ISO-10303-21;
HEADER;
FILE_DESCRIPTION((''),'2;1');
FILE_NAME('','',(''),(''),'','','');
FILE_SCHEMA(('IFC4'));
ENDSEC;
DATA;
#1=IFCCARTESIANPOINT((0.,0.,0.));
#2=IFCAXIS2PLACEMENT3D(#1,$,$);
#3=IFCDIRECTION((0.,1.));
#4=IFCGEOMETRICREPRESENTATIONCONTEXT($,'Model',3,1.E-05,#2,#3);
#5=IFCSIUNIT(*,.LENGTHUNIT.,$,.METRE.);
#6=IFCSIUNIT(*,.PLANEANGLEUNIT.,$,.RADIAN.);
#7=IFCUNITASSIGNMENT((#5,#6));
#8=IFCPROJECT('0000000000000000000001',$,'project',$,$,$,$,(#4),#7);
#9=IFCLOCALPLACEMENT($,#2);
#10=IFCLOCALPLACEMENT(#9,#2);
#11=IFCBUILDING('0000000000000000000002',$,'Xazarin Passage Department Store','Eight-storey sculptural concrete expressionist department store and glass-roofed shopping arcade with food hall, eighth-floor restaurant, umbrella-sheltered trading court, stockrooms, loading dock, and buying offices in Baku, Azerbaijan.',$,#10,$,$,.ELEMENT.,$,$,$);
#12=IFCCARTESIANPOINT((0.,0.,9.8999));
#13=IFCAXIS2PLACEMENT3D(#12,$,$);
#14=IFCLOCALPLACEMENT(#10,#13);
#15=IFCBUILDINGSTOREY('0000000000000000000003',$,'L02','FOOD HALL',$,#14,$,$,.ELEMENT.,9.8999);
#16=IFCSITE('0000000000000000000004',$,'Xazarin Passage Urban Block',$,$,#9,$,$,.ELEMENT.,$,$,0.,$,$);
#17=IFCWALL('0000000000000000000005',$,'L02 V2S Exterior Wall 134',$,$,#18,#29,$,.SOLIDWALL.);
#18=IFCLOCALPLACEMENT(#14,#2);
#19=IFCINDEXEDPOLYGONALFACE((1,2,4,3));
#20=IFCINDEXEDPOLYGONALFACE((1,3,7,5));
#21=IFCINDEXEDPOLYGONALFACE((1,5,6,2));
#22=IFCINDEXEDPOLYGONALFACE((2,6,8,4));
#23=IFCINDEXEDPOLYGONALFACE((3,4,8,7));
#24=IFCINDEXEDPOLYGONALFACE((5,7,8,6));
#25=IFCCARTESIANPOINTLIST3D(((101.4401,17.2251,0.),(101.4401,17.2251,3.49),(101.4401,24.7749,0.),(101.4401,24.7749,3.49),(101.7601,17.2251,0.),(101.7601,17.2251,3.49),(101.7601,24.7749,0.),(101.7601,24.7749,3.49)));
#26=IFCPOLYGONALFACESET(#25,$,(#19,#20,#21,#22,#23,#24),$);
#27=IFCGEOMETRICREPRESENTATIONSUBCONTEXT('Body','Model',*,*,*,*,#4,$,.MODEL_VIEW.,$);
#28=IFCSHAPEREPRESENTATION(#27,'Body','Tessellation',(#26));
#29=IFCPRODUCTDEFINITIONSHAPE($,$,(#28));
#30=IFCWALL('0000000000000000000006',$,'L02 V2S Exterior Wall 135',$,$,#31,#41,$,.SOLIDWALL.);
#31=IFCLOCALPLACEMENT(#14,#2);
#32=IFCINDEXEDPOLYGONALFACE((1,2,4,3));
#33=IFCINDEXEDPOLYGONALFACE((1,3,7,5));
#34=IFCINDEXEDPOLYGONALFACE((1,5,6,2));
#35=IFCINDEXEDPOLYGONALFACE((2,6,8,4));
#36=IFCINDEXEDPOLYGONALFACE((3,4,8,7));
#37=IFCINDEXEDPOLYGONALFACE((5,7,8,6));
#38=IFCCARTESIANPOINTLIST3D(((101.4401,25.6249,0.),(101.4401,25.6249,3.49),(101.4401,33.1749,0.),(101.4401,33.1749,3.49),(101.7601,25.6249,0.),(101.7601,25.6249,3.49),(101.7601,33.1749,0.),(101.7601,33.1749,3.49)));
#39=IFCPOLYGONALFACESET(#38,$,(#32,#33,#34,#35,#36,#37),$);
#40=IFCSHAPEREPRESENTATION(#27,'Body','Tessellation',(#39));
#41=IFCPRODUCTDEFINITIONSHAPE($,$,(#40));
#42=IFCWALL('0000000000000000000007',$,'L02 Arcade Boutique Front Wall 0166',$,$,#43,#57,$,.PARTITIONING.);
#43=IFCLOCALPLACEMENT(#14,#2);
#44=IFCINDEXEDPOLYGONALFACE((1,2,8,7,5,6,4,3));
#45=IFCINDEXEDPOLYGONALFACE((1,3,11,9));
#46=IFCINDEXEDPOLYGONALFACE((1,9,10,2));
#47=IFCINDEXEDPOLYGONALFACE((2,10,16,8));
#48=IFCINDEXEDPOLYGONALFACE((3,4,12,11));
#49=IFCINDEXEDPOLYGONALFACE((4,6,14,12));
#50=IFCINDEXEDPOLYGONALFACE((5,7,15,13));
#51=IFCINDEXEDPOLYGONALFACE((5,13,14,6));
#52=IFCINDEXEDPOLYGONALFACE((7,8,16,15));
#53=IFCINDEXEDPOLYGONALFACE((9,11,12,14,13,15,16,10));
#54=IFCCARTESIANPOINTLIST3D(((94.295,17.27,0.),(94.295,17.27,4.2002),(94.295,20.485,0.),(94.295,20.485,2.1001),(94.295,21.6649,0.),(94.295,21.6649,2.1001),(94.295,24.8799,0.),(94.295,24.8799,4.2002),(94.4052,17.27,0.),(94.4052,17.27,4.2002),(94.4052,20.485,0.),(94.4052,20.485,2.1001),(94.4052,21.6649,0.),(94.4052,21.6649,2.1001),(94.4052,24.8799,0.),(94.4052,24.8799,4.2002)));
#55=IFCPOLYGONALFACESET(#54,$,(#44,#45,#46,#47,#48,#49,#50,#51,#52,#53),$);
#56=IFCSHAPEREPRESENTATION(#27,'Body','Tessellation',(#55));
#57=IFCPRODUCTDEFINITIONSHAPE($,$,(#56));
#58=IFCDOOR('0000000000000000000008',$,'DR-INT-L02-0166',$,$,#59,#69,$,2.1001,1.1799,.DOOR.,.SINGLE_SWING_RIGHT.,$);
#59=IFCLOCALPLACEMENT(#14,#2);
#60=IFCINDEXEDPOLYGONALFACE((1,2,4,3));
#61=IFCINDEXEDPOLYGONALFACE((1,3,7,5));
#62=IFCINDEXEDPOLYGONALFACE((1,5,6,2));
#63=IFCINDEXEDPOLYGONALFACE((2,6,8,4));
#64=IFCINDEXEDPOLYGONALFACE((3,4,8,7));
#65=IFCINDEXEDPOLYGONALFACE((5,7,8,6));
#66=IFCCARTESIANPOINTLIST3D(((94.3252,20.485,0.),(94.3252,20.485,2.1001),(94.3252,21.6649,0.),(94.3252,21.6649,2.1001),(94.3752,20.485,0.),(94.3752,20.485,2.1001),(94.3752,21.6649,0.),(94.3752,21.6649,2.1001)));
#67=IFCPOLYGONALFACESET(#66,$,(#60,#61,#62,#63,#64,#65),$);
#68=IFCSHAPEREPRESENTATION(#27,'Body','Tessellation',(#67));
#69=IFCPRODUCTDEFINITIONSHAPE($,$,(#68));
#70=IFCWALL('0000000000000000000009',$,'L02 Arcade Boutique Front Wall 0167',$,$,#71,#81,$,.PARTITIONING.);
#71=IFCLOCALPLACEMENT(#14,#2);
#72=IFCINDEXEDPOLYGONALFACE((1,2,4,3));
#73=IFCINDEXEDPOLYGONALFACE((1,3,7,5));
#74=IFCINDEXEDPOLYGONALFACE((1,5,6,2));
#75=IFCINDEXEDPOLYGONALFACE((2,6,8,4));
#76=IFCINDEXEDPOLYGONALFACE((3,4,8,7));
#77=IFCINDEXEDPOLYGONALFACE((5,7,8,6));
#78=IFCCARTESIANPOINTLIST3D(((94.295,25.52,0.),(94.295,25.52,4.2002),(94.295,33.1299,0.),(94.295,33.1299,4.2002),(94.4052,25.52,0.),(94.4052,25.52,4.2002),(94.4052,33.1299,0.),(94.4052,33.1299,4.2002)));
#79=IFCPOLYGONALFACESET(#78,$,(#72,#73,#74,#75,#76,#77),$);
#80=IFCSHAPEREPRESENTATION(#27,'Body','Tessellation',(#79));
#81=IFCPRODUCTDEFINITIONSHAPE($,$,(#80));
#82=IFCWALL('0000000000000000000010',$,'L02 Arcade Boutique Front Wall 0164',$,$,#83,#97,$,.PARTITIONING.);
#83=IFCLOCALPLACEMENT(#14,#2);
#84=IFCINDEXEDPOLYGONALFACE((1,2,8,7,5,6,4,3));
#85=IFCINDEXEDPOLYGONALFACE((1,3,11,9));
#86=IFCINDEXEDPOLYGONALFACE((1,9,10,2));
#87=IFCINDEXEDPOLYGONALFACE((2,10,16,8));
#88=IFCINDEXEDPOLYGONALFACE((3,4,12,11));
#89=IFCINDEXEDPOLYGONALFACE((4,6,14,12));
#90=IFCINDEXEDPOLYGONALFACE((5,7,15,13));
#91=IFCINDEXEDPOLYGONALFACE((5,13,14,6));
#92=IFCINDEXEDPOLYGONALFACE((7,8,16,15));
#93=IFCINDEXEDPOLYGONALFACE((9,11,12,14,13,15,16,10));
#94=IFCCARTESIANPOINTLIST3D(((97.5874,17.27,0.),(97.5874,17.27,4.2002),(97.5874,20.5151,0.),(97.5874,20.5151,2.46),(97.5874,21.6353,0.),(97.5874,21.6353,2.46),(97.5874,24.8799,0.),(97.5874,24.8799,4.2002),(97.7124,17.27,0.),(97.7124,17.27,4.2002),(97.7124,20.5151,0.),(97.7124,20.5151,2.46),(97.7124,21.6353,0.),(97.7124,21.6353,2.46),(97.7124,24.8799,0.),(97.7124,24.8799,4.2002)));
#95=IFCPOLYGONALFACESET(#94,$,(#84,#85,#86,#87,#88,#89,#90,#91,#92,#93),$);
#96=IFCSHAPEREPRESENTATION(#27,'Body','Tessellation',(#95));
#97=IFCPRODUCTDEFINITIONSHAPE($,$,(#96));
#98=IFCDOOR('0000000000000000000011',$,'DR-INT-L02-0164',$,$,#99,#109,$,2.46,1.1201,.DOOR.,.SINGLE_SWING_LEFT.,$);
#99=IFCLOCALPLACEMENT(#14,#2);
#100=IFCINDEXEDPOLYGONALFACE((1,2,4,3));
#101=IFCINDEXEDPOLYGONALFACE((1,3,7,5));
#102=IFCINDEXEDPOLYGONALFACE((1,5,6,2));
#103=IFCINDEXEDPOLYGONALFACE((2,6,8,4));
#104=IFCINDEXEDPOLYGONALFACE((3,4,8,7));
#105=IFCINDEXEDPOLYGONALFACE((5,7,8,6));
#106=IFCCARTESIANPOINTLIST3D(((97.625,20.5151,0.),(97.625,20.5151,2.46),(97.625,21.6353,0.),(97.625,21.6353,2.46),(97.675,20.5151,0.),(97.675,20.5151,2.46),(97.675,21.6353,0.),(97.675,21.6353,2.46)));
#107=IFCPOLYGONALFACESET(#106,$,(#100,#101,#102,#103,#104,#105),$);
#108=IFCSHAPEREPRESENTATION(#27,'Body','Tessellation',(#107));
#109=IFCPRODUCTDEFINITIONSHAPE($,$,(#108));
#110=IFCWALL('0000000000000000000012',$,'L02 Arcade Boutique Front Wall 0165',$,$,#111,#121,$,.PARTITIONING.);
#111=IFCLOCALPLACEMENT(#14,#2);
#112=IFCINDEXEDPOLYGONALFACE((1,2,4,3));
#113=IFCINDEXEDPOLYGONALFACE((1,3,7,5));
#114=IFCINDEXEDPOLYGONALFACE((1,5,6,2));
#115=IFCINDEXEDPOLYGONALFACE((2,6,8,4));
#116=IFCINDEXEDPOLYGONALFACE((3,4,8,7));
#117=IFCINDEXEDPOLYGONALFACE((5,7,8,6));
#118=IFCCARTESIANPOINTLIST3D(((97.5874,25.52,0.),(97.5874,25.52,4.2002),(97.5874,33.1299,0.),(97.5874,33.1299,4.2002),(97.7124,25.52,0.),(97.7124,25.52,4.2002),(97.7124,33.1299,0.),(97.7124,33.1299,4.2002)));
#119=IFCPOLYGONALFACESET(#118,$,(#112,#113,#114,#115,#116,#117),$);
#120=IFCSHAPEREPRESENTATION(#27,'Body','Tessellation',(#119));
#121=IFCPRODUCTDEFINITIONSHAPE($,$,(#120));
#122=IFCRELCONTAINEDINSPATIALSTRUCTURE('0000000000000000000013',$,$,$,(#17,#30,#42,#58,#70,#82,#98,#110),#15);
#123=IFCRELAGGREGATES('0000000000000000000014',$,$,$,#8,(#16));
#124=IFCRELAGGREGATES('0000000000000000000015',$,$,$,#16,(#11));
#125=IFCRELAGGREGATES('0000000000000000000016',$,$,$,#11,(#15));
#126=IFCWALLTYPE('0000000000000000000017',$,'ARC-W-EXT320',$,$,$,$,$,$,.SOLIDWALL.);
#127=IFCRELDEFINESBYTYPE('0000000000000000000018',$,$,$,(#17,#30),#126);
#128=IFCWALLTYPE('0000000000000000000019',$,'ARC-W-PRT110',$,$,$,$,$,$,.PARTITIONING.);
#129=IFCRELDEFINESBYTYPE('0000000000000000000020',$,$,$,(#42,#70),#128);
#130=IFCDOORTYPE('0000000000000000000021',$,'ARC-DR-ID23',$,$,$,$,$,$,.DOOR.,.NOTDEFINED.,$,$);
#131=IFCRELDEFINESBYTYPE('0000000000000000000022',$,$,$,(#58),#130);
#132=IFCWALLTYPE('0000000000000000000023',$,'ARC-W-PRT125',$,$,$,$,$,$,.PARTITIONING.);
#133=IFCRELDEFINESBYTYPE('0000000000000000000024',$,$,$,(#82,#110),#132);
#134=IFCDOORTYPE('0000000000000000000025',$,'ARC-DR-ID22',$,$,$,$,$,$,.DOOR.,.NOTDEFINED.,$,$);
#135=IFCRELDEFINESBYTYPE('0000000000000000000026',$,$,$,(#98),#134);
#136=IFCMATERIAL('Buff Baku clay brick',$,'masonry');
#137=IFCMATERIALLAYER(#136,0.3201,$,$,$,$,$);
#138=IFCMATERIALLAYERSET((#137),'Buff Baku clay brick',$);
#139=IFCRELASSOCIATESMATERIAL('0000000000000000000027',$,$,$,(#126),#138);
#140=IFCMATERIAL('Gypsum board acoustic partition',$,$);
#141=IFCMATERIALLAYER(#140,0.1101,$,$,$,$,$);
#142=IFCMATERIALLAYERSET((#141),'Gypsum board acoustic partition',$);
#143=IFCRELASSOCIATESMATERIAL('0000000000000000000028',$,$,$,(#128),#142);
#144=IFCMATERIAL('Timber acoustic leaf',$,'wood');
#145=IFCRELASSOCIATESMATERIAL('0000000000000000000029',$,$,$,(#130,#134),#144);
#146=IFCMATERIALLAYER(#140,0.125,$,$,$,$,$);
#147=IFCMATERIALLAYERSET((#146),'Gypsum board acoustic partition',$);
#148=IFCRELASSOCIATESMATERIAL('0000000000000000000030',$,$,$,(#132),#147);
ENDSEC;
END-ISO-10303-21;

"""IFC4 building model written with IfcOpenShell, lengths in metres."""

from ifc_helpers import new_model, si_unit, direction, frame, frame_2d, origin, place, context, subcontext, project, spatial, rectangle, extrude, material, layer, layer_set, type_object, element, fill, save


model = new_model("IFC4")

# Units and contexts
model_context = context("Model", 3, precision=1e-05, world=origin(), true_north=direction((0.0, 1.0)))
body_context = subcontext(model_context, "Body", "Model", "MODEL_VIEW")
ifc_project = project(units=[si_unit("LENGTHUNIT", "METRE"), si_unit("PLANEANGLEUNIT", "RADIAN")], contexts=[model_context])

# Site, building, storey
site_placement = place(None, origin())
site = spatial("IfcSite", under=ifc_project, at=site_placement, Name="Xazarin Passage Urban Block", CompositionType="ELEMENT", RefElevation=0.0)
building_placement = place(site_placement, origin())
building = spatial("IfcBuilding", under=site, at=building_placement, Name="Xazarin Passage Department Store", Description="Eight-storey sculptural concrete expressionist department store and glass-roofed shopping arcade with food hall, eighth-floor restaurant, umbrella-sheltered trading court, stockrooms, loading dock, and buying offices in Baku, Azerbaijan.", CompositionType="ELEMENT")
storey_placement = place(building_placement, frame((0.0, 0.0, 9.8999)))
storey = spatial("IfcBuildingStorey", under=building, at=storey_placement, Name="L02", Description="FOOD HALL", CompositionType="ELEMENT", Elevation=9.8999)

# Walls
ifc_material_1 = material(Name="Buff Baku clay brick", Category="masonry")
ifc_layer_1 = layer(ifc_material_1, 0.3201)
ifc_layer_set_1 = layer_set([ifc_layer_1], Name="Buff Baku clay brick")
wall_type_1 = type_object("IfcWallType", Name="ARC-W-EXT320", PredefinedType="SOLIDWALL", material=ifc_layer_set_1)
wall_1_placement = place(storey_placement, frame((101.6001, 17.2251, 0.0), z_axis=(0.0, 0.0, 1.0), x_axis=(0.0, 1.0, 0.0)))
element("IfcWall", 1, at=wall_1_placement, inside=storey, type_object=wall_type_1, Name="L02 V2S Exterior Wall 134", PredefinedType="SOLIDWALL", context=body_context, shape_type="SweptSolid", body=[
    extrude(rectangle(XDim=7.5498, YDim=0.3201, at=frame_2d((3.7749, 0.0))), origin(), (0.0, 0.0, 1.0), 3.49),
])
wall_2_placement = place(storey_placement, frame((101.6001, 25.625, 0.0), z_axis=(0.0, 0.0, 1.0), x_axis=(0.0, 1.0, 0.0)))
element("IfcWall", 2, at=wall_2_placement, inside=storey, type_object=wall_type_1, Name="L02 V2S Exterior Wall 135", PredefinedType="SOLIDWALL", context=body_context, shape_type="SweptSolid", body=[
    extrude(rectangle(XDim=7.55, YDim=0.3201, at=frame_2d((3.7749, 0.0))), origin(), (0.0, 0.0, 1.0), 3.49),
])

# Wall, opening, door
ifc_material_2 = material(Name="Gypsum board acoustic partition")
ifc_layer_2 = layer(ifc_material_2, 0.1101)
ifc_layer_set_2 = layer_set([ifc_layer_2], Name="Gypsum board acoustic partition")
wall_type_2 = type_object("IfcWallType", Name="ARC-W-PRT110", PredefinedType="PARTITIONING", material=ifc_layer_set_2)
wall_3_placement = place(storey_placement, frame((94.3501, 17.27, 0.0), z_axis=(0.0, 0.0, 1.0), x_axis=(0.0, 1.0, 0.0)))
wall_3 = element("IfcWall", 3, at=wall_3_placement, inside=storey, type_object=wall_type_2, Name="L02 Arcade Boutique Front Wall 0166", PredefinedType="PARTITIONING", context=body_context, shape_type="SweptSolid", body=[
    extrude(rectangle(XDim=7.6099, YDim=0.1101, at=frame_2d((3.8049, 0.0))), origin(), (0.0, 0.0, 1.0), 4.2002),
])
opening_1_placement = place(wall_3_placement, frame((3.2151, 0.0, 0.0)))
opening_1 = element("IfcOpeningElement", 4, at=opening_1_placement, cuts=wall_3, PredefinedType="OPENING", context=body_context, shape_type="SweptSolid", body=[
    extrude(rectangle(XDim=1.1799, YDim=2.1001, at=frame_2d((0.5898, 1.05))), frame((0.0, 0.0649, 0.0), z_axis=(0.0, -1.0, 0.0), x_axis=(1.0, 0.0, 0.0)), (0.0, 0.0, 1.0), 0.1301),
])
ifc_material_3 = material(Name="Timber acoustic leaf", Category="wood")
door_type_1 = type_object("IfcDoorType", Name="ARC-DR-ID23", OperationType="NOTDEFINED", PredefinedType="DOOR", material=ifc_material_3)
door_1_placement = place(opening_1_placement, origin())
door_1 = element("IfcDoor", 5, at=door_1_placement, inside=storey, type_object=door_type_1, Name="DR-INT-L02-0166", OperationType="SINGLE_SWING_RIGHT", OverallHeight=2.1001, OverallWidth=1.1799, PredefinedType="DOOR", context=body_context, shape_type="SweptSolid", body=[
    extrude(rectangle(XDim=1.1799, YDim=2.1001, at=frame_2d((0.5898, 1.05))), frame((0.0, 0.0249, 0.0), z_axis=(0.0, -1.0, 0.0), x_axis=(1.0, 0.0, 0.0)), (0.0, 0.0, 1.0), 0.05),
])
fill(opening_1, door_1)

# Wall
wall_4_placement = place(storey_placement, frame((94.3501, 25.52, 0.0), z_axis=(0.0, 0.0, 1.0), x_axis=(0.0, 1.0, 0.0)))
element("IfcWall", 6, at=wall_4_placement, inside=storey, type_object=wall_type_2, Name="L02 Arcade Boutique Front Wall 0167", PredefinedType="PARTITIONING", context=body_context, shape_type="SweptSolid", body=[
    extrude(rectangle(XDim=7.6099, YDim=0.1101, at=frame_2d((3.8049, 0.0))), origin(), (0.0, 0.0, 1.0), 4.2002),
])

# Wall, opening, door
ifc_layer_3 = layer(ifc_material_2, 0.125)
ifc_layer_set_3 = layer_set([ifc_layer_3], Name="Gypsum board acoustic partition")
wall_type_3 = type_object("IfcWallType", Name="ARC-W-PRT125", PredefinedType="PARTITIONING", material=ifc_layer_set_3)
wall_5_placement = place(storey_placement, frame((97.6499, 17.27, 0.0), z_axis=(0.0, 0.0, 1.0), x_axis=(0.0, 1.0, 0.0)))
wall_5 = element("IfcWall", 7, at=wall_5_placement, inside=storey, type_object=wall_type_3, Name="L02 Arcade Boutique Front Wall 0164", PredefinedType="PARTITIONING", context=body_context, shape_type="SweptSolid", body=[
    extrude(rectangle(XDim=7.6099, YDim=0.125, at=frame_2d((3.8049, 0.0))), origin(), (0.0, 0.0, 1.0), 4.2002),
])
opening_2_placement = place(wall_5_placement, frame((3.2451, 0.0, 0.0)))
opening_2 = element("IfcOpeningElement", 8, at=opening_2_placement, cuts=wall_5, PredefinedType="OPENING", context=body_context, shape_type="SweptSolid", body=[
    extrude(rectangle(XDim=1.1201, YDim=2.46, at=frame_2d((0.5601, 1.23))), frame((0.0, 0.0725, 0.0), z_axis=(0.0, -1.0, 0.0), x_axis=(1.0, 0.0, 0.0)), (0.0, 0.0, 1.0), 0.145),
])
door_type_2 = type_object("IfcDoorType", Name="ARC-DR-ID22", OperationType="NOTDEFINED", PredefinedType="DOOR", material=ifc_material_3)
door_2_placement = place(opening_2_placement, origin())
door_2 = element("IfcDoor", 9, at=door_2_placement, inside=storey, type_object=door_type_2, Name="DR-INT-L02-0164", OperationType="SINGLE_SWING_LEFT", OverallHeight=2.46, OverallWidth=1.1201, PredefinedType="DOOR", context=body_context, shape_type="SweptSolid", body=[
    extrude(rectangle(XDim=1.1201, YDim=2.46, at=frame_2d((0.5601, 1.23))), frame((0.0, 0.0249, 0.0), z_axis=(0.0, -1.0, 0.0), x_axis=(1.0, 0.0, 0.0)), (0.0, 0.0, 1.0), 0.05),
])
fill(opening_2, door_2)

# Wall
wall_6_placement = place(storey_placement, frame((97.6499, 25.52, 0.0), z_axis=(0.0, 0.0, 1.0), x_axis=(0.0, 1.0, 0.0)))
element("IfcWall", 10, at=wall_6_placement, inside=storey, type_object=wall_type_3, Name="L02 Arcade Boutique Front Wall 0165", PredefinedType="PARTITIONING", context=body_context, shape_type="SweptSolid", body=[
    extrude(rectangle(XDim=7.6099, YDim=0.125, at=frame_2d((3.8049, 0.0))), origin(), (0.0, 0.0, 1.0), 4.2002),
])

save(model, "model.ifc")
